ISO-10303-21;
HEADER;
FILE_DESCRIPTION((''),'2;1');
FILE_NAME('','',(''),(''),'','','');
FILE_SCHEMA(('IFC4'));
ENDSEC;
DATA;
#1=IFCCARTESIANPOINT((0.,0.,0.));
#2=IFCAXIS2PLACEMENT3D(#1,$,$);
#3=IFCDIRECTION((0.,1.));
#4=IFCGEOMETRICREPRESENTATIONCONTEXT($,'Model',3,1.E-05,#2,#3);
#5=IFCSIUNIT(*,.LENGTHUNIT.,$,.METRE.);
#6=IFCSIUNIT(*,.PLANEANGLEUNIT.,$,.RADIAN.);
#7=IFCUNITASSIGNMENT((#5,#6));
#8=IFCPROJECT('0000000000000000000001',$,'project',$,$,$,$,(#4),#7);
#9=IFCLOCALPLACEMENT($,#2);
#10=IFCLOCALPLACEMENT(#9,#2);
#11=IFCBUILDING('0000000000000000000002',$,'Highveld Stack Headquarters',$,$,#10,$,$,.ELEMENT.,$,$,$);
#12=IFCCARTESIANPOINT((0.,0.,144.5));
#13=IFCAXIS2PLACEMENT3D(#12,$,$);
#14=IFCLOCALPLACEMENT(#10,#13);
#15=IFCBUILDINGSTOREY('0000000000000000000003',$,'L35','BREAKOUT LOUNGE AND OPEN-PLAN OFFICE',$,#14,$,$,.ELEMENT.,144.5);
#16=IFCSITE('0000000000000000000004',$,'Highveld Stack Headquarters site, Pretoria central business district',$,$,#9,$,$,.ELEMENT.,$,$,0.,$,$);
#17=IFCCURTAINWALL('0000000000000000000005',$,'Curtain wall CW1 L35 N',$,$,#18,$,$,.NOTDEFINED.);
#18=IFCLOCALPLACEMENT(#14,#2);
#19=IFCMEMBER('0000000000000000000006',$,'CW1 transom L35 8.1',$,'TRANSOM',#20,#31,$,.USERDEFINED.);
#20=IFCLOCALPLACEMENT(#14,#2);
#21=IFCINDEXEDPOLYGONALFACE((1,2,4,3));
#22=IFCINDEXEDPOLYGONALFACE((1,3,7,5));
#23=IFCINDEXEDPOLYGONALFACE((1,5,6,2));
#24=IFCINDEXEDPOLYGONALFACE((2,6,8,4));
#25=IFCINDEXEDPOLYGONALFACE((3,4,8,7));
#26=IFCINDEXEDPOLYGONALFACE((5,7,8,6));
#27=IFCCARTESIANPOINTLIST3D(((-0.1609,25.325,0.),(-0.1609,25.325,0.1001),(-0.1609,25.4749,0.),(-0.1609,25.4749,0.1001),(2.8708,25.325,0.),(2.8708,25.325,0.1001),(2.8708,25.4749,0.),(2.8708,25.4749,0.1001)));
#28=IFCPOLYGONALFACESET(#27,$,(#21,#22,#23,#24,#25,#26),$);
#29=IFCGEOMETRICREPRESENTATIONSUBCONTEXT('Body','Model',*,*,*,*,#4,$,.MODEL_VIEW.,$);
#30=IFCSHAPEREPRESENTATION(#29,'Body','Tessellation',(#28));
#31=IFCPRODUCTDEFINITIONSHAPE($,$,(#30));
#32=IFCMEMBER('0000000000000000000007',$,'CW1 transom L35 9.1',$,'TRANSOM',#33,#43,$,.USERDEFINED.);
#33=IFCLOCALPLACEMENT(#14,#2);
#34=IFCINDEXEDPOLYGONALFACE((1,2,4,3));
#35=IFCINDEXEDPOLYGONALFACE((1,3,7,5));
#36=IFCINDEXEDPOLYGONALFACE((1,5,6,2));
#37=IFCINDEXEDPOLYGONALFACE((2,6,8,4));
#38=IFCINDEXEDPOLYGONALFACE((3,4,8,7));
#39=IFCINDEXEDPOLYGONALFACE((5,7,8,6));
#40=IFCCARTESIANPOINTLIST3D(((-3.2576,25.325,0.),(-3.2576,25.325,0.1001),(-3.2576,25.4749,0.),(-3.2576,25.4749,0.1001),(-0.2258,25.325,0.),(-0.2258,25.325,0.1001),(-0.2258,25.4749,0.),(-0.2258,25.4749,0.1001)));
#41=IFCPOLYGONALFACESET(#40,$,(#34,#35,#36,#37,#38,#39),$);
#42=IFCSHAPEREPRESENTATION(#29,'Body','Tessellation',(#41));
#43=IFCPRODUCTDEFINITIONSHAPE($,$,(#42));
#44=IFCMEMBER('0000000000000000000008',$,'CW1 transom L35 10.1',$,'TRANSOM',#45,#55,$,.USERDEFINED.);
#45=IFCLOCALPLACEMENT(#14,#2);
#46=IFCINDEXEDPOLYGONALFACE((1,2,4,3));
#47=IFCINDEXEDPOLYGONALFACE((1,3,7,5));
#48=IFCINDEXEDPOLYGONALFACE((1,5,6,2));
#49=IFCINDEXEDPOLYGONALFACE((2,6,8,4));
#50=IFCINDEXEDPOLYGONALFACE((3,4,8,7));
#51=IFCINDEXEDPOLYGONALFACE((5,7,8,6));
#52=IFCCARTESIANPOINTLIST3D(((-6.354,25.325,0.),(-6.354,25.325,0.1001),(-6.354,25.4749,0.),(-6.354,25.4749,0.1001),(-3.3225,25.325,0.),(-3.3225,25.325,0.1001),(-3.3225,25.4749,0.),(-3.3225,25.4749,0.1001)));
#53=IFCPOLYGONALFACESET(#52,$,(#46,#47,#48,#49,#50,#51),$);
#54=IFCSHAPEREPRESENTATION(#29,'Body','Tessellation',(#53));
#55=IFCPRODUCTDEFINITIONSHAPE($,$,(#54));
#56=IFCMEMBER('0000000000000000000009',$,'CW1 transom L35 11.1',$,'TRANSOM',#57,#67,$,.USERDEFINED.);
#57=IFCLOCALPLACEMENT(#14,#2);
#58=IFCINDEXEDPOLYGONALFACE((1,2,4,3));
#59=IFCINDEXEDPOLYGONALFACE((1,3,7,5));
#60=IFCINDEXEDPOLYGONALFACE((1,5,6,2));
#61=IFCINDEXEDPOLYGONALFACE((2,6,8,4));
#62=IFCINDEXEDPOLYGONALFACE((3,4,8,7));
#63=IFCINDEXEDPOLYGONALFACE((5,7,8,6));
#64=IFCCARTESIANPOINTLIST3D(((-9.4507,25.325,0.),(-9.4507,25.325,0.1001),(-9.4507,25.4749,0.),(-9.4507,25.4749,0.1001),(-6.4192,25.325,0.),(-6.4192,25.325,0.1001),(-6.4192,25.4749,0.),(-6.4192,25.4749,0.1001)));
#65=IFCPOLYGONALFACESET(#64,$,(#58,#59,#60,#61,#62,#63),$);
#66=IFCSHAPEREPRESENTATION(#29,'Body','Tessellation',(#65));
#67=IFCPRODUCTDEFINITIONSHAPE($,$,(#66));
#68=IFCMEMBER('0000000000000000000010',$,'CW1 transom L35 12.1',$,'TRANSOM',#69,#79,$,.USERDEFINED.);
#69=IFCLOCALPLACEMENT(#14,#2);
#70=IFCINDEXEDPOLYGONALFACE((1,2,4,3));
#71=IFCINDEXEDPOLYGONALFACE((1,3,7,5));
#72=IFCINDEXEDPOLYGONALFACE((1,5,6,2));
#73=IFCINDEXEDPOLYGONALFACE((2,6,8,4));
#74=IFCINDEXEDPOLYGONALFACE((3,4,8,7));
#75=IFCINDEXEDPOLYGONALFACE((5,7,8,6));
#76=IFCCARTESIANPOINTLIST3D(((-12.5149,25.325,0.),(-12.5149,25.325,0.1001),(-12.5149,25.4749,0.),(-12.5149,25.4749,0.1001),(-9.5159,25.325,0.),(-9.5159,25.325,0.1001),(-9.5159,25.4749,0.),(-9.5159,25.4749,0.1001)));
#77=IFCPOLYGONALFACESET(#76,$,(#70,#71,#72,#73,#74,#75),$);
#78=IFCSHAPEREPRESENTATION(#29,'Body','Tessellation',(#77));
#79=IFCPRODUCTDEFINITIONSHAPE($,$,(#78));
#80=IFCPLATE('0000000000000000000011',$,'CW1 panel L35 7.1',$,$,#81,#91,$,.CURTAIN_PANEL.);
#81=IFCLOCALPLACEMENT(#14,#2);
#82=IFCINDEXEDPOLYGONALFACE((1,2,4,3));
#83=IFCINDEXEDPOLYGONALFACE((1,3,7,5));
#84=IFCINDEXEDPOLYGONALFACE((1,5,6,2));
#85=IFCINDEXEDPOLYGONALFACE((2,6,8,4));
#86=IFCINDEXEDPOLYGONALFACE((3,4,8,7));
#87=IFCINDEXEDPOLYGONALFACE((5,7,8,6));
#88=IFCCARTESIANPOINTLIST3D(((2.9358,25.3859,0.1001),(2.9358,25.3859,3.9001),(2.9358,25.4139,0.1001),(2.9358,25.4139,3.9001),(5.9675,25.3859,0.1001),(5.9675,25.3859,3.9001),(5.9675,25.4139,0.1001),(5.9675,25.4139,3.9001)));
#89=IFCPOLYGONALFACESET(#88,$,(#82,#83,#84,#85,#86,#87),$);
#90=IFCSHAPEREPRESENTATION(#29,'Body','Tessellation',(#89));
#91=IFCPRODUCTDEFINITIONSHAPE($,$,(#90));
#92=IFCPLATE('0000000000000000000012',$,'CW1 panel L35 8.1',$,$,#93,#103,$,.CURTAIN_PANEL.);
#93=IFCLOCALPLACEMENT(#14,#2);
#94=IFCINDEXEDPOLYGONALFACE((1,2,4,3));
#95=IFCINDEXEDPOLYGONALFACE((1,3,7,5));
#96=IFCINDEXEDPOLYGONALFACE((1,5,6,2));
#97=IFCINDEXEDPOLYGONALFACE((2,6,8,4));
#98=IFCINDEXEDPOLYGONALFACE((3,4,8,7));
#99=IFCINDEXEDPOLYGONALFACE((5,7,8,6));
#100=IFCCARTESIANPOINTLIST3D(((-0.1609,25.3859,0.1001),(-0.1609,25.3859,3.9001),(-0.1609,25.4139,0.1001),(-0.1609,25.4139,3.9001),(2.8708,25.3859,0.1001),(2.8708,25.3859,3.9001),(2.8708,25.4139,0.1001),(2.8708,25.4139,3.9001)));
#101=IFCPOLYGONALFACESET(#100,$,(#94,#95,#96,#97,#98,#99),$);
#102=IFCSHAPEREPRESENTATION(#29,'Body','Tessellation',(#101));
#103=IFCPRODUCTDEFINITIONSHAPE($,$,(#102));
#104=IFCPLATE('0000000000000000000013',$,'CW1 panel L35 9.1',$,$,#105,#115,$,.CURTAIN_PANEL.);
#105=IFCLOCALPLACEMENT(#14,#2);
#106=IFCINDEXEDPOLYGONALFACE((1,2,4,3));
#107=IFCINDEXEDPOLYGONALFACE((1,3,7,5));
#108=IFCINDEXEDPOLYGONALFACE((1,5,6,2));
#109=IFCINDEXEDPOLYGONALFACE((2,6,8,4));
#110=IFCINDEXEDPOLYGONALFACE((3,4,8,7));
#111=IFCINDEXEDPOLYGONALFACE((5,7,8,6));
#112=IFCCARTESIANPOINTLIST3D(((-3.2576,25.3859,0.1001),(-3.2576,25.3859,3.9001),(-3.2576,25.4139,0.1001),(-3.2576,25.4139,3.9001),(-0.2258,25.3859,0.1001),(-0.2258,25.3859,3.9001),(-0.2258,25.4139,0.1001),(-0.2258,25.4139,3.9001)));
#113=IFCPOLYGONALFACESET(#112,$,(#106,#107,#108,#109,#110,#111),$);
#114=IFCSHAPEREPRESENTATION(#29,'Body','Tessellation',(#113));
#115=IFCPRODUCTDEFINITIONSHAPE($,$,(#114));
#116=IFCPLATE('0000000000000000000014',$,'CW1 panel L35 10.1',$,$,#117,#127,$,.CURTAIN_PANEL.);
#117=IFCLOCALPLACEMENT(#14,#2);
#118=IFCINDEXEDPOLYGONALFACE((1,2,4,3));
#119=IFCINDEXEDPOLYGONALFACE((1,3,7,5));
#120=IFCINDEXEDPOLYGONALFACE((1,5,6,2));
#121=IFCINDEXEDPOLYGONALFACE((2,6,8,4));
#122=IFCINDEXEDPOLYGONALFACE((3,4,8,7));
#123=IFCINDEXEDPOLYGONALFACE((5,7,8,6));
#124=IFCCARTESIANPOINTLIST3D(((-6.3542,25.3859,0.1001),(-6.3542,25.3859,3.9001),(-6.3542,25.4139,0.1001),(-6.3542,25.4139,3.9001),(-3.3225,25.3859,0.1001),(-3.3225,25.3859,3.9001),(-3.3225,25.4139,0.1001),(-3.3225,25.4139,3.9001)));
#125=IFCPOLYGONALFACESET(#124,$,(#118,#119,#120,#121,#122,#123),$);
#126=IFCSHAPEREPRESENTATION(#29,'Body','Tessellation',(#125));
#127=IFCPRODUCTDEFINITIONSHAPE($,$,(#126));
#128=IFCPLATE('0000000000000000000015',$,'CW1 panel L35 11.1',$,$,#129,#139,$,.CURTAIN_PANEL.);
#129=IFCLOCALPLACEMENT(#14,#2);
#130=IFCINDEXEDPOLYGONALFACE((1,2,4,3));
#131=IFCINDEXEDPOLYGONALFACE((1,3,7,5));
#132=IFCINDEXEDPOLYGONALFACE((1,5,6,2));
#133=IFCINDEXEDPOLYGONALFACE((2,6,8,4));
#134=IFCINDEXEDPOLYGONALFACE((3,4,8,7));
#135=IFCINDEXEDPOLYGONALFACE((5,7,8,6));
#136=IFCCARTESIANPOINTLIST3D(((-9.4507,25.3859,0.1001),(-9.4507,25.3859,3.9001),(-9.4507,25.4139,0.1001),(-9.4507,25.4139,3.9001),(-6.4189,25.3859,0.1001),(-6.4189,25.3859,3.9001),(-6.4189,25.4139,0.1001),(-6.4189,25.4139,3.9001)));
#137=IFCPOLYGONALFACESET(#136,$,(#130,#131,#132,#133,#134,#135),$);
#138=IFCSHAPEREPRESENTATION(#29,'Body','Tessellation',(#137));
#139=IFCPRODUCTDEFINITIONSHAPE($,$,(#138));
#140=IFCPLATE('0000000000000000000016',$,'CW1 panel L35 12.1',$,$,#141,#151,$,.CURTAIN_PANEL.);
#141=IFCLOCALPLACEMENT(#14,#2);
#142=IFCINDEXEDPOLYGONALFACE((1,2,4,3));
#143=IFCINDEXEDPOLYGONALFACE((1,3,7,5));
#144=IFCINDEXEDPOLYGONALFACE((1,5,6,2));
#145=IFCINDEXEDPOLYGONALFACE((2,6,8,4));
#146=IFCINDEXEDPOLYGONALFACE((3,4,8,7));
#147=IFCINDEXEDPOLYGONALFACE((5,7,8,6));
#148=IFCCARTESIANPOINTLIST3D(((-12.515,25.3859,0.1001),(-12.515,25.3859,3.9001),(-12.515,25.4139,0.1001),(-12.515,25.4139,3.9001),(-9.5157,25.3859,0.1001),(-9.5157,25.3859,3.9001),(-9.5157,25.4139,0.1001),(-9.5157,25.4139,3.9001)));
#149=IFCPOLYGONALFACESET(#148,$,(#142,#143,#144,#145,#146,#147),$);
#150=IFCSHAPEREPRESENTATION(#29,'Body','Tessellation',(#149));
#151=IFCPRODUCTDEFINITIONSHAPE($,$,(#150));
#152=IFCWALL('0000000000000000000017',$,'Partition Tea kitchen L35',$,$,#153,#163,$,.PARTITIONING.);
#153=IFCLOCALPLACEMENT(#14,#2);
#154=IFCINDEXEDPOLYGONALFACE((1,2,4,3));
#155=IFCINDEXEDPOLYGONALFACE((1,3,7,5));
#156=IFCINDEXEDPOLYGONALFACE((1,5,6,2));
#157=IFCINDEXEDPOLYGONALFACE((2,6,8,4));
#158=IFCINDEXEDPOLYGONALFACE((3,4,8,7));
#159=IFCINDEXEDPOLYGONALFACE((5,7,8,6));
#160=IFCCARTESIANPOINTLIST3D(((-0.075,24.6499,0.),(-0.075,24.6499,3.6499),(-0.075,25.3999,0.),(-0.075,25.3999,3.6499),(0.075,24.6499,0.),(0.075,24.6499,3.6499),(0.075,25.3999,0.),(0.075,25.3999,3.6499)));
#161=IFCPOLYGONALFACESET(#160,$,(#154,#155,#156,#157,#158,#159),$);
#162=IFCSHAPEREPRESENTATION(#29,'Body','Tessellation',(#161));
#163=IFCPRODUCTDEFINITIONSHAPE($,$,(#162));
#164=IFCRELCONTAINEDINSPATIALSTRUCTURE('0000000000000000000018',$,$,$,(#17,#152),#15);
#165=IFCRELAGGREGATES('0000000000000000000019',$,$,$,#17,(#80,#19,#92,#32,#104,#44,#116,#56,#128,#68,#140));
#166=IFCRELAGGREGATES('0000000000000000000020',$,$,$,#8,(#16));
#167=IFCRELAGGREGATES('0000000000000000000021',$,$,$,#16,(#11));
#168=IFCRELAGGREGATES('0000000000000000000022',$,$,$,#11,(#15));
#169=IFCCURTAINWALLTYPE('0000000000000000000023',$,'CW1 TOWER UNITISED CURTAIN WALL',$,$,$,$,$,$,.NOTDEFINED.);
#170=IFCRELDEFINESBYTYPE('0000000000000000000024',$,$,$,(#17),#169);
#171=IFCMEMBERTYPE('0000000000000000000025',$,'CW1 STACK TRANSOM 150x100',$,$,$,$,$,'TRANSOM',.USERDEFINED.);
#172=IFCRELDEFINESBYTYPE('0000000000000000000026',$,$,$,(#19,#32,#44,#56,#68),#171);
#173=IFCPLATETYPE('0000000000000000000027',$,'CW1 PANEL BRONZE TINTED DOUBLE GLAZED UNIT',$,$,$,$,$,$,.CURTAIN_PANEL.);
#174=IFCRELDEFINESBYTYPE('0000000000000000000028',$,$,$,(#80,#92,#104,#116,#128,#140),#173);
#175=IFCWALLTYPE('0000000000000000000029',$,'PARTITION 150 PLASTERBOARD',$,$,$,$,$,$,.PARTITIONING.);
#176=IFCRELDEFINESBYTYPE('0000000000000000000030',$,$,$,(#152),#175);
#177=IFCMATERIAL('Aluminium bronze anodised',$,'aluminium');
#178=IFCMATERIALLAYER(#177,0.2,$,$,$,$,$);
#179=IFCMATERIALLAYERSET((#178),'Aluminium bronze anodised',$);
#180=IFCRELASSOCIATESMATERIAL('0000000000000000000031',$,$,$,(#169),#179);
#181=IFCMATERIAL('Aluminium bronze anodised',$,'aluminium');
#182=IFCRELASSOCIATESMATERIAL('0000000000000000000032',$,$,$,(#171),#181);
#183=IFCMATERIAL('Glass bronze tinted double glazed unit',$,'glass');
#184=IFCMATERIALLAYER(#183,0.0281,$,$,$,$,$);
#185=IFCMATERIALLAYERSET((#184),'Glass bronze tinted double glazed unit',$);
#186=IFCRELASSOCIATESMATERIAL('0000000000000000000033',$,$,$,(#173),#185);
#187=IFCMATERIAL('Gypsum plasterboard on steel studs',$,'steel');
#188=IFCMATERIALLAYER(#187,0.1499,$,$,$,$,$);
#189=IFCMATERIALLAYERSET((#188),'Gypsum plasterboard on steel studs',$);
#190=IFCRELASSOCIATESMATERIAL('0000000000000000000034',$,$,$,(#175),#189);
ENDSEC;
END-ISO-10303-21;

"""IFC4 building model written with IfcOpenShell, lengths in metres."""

from ifc_helpers import new_model, si_unit, direction, frame, frame_2d, origin, origin_2d, place, context, subcontext, project, spatial, rectangle, extrude, material, layer, layer_set, material_profile, profile_set, type_object, element, aggregate, save


model = new_model("IFC4")

# Units and contexts
model_context = context("Model", 3, precision=1e-05, world=origin(), true_north=direction((0.0, 1.0)))
body_context = subcontext(model_context, "Body", "Model", "MODEL_VIEW")
ifc_project = project(units=[si_unit("LENGTHUNIT", "METRE"), si_unit("PLANEANGLEUNIT", "RADIAN")], contexts=[model_context])

# Site, building, storey
site_placement = place(None, origin())
site = spatial("IfcSite", under=ifc_project, at=site_placement, Name="Highveld Stack Headquarters site, Pretoria central business district", CompositionType="ELEMENT", RefElevation=0.0)
building_placement = place(site_placement, origin())
building = spatial("IfcBuilding", under=site, at=building_placement, Name="Highveld Stack Headquarters", CompositionType="ELEMENT")
storey_placement = place(building_placement, frame((0.0, 0.0, 144.5)))
storey = spatial("IfcBuildingStorey", under=building, at=storey_placement, Name="L35", Description="BREAKOUT LOUNGE AND OPEN-PLAN OFFICE", CompositionType="ELEMENT", Elevation=144.5)

# Curtain wall, members, plates
ifc_material_1 = material(Name="Aluminium bronze anodised", Category="aluminium")
ifc_layer_1 = layer(ifc_material_1, 0.2)
ifc_layer_set_1 = layer_set([ifc_layer_1], Name="Aluminium bronze anodised")
curtain_wall_type = type_object("IfcCurtainWallType", Name="CW1 TOWER UNITISED CURTAIN WALL", PredefinedType="NOTDEFINED", material=ifc_layer_set_1)
curtain_wall_placement = place(storey_placement, origin())
curtain_wall = element("IfcCurtainWall", 1, at=curtain_wall_placement, inside=storey, type_object=curtain_wall_type, Name="Curtain wall CW1 L35 N", PredefinedType="NOTDEFINED")
ifc_material_2 = material(Name="Aluminium bronze anodised", Category="aluminium")
ifc_material_profile_1 = material_profile(ifc_material_2, rectangle(XDim=0.1499, YDim=0.1001, at=origin_2d()), Name="CW1 TRANSOM 150x100")
ifc_profile_set_1 = profile_set([ifc_material_profile_1], Name="Aluminium bronze anodised")
member_type_1 = type_object("IfcMemberType", Name="CW1 STACK TRANSOM 150x100", ElementType="TRANSOM", PredefinedType="USERDEFINED", material=ifc_profile_set_1)
member_1_placement = place(storey_placement, frame((2.8708, 25.3999, 0.05), z_axis=(-1.0, 0.0, 0.0), x_axis=(0.0, -1.0, 0.0)))
member_1 = element("IfcMember", 2, at=member_1_placement, type_object=member_type_1, Name="CW1 transom L35 8.1", ObjectType="TRANSOM", PredefinedType="USERDEFINED", context=body_context, shape_type="SweptSolid", body=[
    extrude(rectangle(XDim=0.1499, YDim=0.1001, at=origin_2d()), origin(), (0.0, 0.0, 1.0), 3.0317),
])
member_2_placement = place(storey_placement, frame((-0.2258, 25.3999, 0.05), z_axis=(-1.0, 0.0, 0.0), x_axis=(0.0, -1.0, 0.0)))
member_2 = element("IfcMember", 3, at=member_2_placement, type_object=member_type_1, Name="CW1 transom L35 9.1", ObjectType="TRANSOM", PredefinedType="USERDEFINED", context=body_context, shape_type="SweptSolid", body=[
    extrude(rectangle(XDim=0.1499, YDim=0.1001, at=origin_2d()), origin(), (0.0, 0.0, 1.0), 3.0317),
])
member_3_placement = place(storey_placement, frame((-3.3225, 25.3999, 0.05), z_axis=(-1.0, 0.0, 0.0), x_axis=(0.0, -1.0, 0.0)))
member_3 = element("IfcMember", 4, at=member_3_placement, type_object=member_type_1, Name="CW1 transom L35 10.1", ObjectType="TRANSOM", PredefinedType="USERDEFINED", context=body_context, shape_type="SweptSolid", body=[
    extrude(rectangle(XDim=0.1499, YDim=0.1001, at=origin_2d()), origin(), (0.0, 0.0, 1.0), 3.0315),
])
member_4_placement = place(storey_placement, frame((-6.4192, 25.3999, 0.05), z_axis=(-1.0, 0.0, 0.0), x_axis=(0.0, -1.0, 0.0)))
member_4 = element("IfcMember", 5, at=member_4_placement, type_object=member_type_1, Name="CW1 transom L35 11.1", ObjectType="TRANSOM", PredefinedType="USERDEFINED", context=body_context, shape_type="SweptSolid", body=[
    extrude(rectangle(XDim=0.1499, YDim=0.1001, at=origin_2d()), origin(), (0.0, 0.0, 1.0), 3.0315),
])
member_5_placement = place(storey_placement, frame((-9.5159, 25.3999, 0.05), z_axis=(-1.0, 0.0, 0.0), x_axis=(0.0, -1.0, 0.0)))
member_5 = element("IfcMember", 6, at=member_5_placement, type_object=member_type_1, Name="CW1 transom L35 12.1", ObjectType="TRANSOM", PredefinedType="USERDEFINED", context=body_context, shape_type="SweptSolid", body=[
    extrude(rectangle(XDim=0.1499, YDim=0.1001, at=origin_2d()), origin(), (0.0, 0.0, 1.0), 2.999),
])
ifc_material_3 = material(Name="Glass bronze tinted double glazed unit", Category="glass")
ifc_layer_2 = layer(ifc_material_3, 0.0281)
ifc_layer_set_2 = layer_set([ifc_layer_2], Name="Glass bronze tinted double glazed unit")
plate_type = type_object("IfcPlateType", Name="CW1 PANEL BRONZE TINTED DOUBLE GLAZED UNIT", PredefinedType="CURTAIN_PANEL", material=ifc_layer_set_2)
plate_1_placement = place(storey_placement, frame((4.4517, 25.3999, 0.1001), z_axis=(0.0, 0.0, 1.0), x_axis=(-1.0, 0.0, 0.0)))
plate_1 = element("IfcPlate", 7, at=plate_1_placement, type_object=plate_type, Name="CW1 panel L35 7.1", PredefinedType="CURTAIN_PANEL", context=body_context, shape_type="SweptSolid", body=[
    extrude(rectangle(XDim=3.0317, YDim=0.0281, at=origin_2d()), origin(), (0.0, 0.0, 1.0), 3.8),
])
plate_2_placement = place(storey_placement, frame((1.355, 25.3999, 0.1001), z_axis=(0.0, 0.0, 1.0), x_axis=(-1.0, 0.0, 0.0)))
plate_2 = element("IfcPlate", 8, at=plate_2_placement, type_object=plate_type, Name="CW1 panel L35 8.1", PredefinedType="CURTAIN_PANEL", context=body_context, shape_type="SweptSolid", body=[
    extrude(rectangle(XDim=3.0317, YDim=0.0281, at=origin_2d()), origin(), (0.0, 0.0, 1.0), 3.8),
])
plate_3_placement = place(storey_placement, frame((-1.7417, 25.3999, 0.1001), z_axis=(0.0, 0.0, 1.0), x_axis=(-1.0, 0.0, 0.0)))
plate_3 = element("IfcPlate", 9, at=plate_3_placement, type_object=plate_type, Name="CW1 panel L35 9.1", PredefinedType="CURTAIN_PANEL", context=body_context, shape_type="SweptSolid", body=[
    extrude(rectangle(XDim=3.0317, YDim=0.0281, at=origin_2d()), origin(), (0.0, 0.0, 1.0), 3.8),
])
plate_4_placement = place(storey_placement, frame((-4.8384, 25.3999, 0.1001), z_axis=(0.0, 0.0, 1.0), x_axis=(-1.0, 0.0, 0.0)))
plate_4 = element("IfcPlate", 10, at=plate_4_placement, type_object=plate_type, Name="CW1 panel L35 10.1", PredefinedType="CURTAIN_PANEL", context=body_context, shape_type="SweptSolid", body=[
    extrude(rectangle(XDim=3.0317, YDim=0.0281, at=origin_2d()), origin(), (0.0, 0.0, 1.0), 3.8),
])
plate_5_placement = place(storey_placement, frame((-7.9348, 25.3999, 0.1001), z_axis=(0.0, 0.0, 1.0), x_axis=(-1.0, 0.0, 0.0)))
plate_5 = element("IfcPlate", 11, at=plate_5_placement, type_object=plate_type, Name="CW1 panel L35 11.1", PredefinedType="CURTAIN_PANEL", context=body_context, shape_type="SweptSolid", body=[
    extrude(rectangle(XDim=3.0317, YDim=0.0281, at=origin_2d()), origin(), (0.0, 0.0, 1.0), 3.8),
])
plate_6_placement = place(storey_placement, frame((-11.0154, 25.3999, 0.1001), z_axis=(0.0, 0.0, 1.0), x_axis=(-1.0, 0.0, 0.0)))
plate_6 = element("IfcPlate", 12, at=plate_6_placement, type_object=plate_type, Name="CW1 panel L35 12.1", PredefinedType="CURTAIN_PANEL", context=body_context, shape_type="SweptSolid", body=[
    extrude(rectangle(XDim=2.9993, YDim=0.0281, at=origin_2d()), origin(), (0.0, 0.0, 1.0), 3.8),
])
aggregate(curtain_wall, [plate_1, member_1, plate_2, member_2, plate_3, member_3, plate_4, member_4, plate_5, member_5, plate_6])

# Wall
ifc_material_4 = material(Name="Gypsum plasterboard on steel studs", Category="steel")
ifc_layer_3 = layer(ifc_material_4, 0.1499)
ifc_layer_set_3 = layer_set([ifc_layer_3], Name="Gypsum plasterboard on steel studs")
wall_type = type_object("IfcWallType", Name="PARTITION 150 PLASTERBOARD", PredefinedType="PARTITIONING", material=ifc_layer_set_3)
wall_placement = place(storey_placement, frame((0.0, 24.6499, 0.0), z_axis=(0.0, 0.0, 1.0), x_axis=(0.0, 1.0, 0.0)))
element("IfcWall", 13, at=wall_placement, inside=storey, type_object=wall_type, Name="Partition Tea kitchen L35", PredefinedType="PARTITIONING", context=body_context, shape_type="SweptSolid", body=[
    extrude(rectangle(XDim=0.75, YDim=0.1499, at=frame_2d((0.375, 0.0))), origin(), (0.0, 0.0, 1.0), 3.6499),
])

save(model, "model.ifc")
